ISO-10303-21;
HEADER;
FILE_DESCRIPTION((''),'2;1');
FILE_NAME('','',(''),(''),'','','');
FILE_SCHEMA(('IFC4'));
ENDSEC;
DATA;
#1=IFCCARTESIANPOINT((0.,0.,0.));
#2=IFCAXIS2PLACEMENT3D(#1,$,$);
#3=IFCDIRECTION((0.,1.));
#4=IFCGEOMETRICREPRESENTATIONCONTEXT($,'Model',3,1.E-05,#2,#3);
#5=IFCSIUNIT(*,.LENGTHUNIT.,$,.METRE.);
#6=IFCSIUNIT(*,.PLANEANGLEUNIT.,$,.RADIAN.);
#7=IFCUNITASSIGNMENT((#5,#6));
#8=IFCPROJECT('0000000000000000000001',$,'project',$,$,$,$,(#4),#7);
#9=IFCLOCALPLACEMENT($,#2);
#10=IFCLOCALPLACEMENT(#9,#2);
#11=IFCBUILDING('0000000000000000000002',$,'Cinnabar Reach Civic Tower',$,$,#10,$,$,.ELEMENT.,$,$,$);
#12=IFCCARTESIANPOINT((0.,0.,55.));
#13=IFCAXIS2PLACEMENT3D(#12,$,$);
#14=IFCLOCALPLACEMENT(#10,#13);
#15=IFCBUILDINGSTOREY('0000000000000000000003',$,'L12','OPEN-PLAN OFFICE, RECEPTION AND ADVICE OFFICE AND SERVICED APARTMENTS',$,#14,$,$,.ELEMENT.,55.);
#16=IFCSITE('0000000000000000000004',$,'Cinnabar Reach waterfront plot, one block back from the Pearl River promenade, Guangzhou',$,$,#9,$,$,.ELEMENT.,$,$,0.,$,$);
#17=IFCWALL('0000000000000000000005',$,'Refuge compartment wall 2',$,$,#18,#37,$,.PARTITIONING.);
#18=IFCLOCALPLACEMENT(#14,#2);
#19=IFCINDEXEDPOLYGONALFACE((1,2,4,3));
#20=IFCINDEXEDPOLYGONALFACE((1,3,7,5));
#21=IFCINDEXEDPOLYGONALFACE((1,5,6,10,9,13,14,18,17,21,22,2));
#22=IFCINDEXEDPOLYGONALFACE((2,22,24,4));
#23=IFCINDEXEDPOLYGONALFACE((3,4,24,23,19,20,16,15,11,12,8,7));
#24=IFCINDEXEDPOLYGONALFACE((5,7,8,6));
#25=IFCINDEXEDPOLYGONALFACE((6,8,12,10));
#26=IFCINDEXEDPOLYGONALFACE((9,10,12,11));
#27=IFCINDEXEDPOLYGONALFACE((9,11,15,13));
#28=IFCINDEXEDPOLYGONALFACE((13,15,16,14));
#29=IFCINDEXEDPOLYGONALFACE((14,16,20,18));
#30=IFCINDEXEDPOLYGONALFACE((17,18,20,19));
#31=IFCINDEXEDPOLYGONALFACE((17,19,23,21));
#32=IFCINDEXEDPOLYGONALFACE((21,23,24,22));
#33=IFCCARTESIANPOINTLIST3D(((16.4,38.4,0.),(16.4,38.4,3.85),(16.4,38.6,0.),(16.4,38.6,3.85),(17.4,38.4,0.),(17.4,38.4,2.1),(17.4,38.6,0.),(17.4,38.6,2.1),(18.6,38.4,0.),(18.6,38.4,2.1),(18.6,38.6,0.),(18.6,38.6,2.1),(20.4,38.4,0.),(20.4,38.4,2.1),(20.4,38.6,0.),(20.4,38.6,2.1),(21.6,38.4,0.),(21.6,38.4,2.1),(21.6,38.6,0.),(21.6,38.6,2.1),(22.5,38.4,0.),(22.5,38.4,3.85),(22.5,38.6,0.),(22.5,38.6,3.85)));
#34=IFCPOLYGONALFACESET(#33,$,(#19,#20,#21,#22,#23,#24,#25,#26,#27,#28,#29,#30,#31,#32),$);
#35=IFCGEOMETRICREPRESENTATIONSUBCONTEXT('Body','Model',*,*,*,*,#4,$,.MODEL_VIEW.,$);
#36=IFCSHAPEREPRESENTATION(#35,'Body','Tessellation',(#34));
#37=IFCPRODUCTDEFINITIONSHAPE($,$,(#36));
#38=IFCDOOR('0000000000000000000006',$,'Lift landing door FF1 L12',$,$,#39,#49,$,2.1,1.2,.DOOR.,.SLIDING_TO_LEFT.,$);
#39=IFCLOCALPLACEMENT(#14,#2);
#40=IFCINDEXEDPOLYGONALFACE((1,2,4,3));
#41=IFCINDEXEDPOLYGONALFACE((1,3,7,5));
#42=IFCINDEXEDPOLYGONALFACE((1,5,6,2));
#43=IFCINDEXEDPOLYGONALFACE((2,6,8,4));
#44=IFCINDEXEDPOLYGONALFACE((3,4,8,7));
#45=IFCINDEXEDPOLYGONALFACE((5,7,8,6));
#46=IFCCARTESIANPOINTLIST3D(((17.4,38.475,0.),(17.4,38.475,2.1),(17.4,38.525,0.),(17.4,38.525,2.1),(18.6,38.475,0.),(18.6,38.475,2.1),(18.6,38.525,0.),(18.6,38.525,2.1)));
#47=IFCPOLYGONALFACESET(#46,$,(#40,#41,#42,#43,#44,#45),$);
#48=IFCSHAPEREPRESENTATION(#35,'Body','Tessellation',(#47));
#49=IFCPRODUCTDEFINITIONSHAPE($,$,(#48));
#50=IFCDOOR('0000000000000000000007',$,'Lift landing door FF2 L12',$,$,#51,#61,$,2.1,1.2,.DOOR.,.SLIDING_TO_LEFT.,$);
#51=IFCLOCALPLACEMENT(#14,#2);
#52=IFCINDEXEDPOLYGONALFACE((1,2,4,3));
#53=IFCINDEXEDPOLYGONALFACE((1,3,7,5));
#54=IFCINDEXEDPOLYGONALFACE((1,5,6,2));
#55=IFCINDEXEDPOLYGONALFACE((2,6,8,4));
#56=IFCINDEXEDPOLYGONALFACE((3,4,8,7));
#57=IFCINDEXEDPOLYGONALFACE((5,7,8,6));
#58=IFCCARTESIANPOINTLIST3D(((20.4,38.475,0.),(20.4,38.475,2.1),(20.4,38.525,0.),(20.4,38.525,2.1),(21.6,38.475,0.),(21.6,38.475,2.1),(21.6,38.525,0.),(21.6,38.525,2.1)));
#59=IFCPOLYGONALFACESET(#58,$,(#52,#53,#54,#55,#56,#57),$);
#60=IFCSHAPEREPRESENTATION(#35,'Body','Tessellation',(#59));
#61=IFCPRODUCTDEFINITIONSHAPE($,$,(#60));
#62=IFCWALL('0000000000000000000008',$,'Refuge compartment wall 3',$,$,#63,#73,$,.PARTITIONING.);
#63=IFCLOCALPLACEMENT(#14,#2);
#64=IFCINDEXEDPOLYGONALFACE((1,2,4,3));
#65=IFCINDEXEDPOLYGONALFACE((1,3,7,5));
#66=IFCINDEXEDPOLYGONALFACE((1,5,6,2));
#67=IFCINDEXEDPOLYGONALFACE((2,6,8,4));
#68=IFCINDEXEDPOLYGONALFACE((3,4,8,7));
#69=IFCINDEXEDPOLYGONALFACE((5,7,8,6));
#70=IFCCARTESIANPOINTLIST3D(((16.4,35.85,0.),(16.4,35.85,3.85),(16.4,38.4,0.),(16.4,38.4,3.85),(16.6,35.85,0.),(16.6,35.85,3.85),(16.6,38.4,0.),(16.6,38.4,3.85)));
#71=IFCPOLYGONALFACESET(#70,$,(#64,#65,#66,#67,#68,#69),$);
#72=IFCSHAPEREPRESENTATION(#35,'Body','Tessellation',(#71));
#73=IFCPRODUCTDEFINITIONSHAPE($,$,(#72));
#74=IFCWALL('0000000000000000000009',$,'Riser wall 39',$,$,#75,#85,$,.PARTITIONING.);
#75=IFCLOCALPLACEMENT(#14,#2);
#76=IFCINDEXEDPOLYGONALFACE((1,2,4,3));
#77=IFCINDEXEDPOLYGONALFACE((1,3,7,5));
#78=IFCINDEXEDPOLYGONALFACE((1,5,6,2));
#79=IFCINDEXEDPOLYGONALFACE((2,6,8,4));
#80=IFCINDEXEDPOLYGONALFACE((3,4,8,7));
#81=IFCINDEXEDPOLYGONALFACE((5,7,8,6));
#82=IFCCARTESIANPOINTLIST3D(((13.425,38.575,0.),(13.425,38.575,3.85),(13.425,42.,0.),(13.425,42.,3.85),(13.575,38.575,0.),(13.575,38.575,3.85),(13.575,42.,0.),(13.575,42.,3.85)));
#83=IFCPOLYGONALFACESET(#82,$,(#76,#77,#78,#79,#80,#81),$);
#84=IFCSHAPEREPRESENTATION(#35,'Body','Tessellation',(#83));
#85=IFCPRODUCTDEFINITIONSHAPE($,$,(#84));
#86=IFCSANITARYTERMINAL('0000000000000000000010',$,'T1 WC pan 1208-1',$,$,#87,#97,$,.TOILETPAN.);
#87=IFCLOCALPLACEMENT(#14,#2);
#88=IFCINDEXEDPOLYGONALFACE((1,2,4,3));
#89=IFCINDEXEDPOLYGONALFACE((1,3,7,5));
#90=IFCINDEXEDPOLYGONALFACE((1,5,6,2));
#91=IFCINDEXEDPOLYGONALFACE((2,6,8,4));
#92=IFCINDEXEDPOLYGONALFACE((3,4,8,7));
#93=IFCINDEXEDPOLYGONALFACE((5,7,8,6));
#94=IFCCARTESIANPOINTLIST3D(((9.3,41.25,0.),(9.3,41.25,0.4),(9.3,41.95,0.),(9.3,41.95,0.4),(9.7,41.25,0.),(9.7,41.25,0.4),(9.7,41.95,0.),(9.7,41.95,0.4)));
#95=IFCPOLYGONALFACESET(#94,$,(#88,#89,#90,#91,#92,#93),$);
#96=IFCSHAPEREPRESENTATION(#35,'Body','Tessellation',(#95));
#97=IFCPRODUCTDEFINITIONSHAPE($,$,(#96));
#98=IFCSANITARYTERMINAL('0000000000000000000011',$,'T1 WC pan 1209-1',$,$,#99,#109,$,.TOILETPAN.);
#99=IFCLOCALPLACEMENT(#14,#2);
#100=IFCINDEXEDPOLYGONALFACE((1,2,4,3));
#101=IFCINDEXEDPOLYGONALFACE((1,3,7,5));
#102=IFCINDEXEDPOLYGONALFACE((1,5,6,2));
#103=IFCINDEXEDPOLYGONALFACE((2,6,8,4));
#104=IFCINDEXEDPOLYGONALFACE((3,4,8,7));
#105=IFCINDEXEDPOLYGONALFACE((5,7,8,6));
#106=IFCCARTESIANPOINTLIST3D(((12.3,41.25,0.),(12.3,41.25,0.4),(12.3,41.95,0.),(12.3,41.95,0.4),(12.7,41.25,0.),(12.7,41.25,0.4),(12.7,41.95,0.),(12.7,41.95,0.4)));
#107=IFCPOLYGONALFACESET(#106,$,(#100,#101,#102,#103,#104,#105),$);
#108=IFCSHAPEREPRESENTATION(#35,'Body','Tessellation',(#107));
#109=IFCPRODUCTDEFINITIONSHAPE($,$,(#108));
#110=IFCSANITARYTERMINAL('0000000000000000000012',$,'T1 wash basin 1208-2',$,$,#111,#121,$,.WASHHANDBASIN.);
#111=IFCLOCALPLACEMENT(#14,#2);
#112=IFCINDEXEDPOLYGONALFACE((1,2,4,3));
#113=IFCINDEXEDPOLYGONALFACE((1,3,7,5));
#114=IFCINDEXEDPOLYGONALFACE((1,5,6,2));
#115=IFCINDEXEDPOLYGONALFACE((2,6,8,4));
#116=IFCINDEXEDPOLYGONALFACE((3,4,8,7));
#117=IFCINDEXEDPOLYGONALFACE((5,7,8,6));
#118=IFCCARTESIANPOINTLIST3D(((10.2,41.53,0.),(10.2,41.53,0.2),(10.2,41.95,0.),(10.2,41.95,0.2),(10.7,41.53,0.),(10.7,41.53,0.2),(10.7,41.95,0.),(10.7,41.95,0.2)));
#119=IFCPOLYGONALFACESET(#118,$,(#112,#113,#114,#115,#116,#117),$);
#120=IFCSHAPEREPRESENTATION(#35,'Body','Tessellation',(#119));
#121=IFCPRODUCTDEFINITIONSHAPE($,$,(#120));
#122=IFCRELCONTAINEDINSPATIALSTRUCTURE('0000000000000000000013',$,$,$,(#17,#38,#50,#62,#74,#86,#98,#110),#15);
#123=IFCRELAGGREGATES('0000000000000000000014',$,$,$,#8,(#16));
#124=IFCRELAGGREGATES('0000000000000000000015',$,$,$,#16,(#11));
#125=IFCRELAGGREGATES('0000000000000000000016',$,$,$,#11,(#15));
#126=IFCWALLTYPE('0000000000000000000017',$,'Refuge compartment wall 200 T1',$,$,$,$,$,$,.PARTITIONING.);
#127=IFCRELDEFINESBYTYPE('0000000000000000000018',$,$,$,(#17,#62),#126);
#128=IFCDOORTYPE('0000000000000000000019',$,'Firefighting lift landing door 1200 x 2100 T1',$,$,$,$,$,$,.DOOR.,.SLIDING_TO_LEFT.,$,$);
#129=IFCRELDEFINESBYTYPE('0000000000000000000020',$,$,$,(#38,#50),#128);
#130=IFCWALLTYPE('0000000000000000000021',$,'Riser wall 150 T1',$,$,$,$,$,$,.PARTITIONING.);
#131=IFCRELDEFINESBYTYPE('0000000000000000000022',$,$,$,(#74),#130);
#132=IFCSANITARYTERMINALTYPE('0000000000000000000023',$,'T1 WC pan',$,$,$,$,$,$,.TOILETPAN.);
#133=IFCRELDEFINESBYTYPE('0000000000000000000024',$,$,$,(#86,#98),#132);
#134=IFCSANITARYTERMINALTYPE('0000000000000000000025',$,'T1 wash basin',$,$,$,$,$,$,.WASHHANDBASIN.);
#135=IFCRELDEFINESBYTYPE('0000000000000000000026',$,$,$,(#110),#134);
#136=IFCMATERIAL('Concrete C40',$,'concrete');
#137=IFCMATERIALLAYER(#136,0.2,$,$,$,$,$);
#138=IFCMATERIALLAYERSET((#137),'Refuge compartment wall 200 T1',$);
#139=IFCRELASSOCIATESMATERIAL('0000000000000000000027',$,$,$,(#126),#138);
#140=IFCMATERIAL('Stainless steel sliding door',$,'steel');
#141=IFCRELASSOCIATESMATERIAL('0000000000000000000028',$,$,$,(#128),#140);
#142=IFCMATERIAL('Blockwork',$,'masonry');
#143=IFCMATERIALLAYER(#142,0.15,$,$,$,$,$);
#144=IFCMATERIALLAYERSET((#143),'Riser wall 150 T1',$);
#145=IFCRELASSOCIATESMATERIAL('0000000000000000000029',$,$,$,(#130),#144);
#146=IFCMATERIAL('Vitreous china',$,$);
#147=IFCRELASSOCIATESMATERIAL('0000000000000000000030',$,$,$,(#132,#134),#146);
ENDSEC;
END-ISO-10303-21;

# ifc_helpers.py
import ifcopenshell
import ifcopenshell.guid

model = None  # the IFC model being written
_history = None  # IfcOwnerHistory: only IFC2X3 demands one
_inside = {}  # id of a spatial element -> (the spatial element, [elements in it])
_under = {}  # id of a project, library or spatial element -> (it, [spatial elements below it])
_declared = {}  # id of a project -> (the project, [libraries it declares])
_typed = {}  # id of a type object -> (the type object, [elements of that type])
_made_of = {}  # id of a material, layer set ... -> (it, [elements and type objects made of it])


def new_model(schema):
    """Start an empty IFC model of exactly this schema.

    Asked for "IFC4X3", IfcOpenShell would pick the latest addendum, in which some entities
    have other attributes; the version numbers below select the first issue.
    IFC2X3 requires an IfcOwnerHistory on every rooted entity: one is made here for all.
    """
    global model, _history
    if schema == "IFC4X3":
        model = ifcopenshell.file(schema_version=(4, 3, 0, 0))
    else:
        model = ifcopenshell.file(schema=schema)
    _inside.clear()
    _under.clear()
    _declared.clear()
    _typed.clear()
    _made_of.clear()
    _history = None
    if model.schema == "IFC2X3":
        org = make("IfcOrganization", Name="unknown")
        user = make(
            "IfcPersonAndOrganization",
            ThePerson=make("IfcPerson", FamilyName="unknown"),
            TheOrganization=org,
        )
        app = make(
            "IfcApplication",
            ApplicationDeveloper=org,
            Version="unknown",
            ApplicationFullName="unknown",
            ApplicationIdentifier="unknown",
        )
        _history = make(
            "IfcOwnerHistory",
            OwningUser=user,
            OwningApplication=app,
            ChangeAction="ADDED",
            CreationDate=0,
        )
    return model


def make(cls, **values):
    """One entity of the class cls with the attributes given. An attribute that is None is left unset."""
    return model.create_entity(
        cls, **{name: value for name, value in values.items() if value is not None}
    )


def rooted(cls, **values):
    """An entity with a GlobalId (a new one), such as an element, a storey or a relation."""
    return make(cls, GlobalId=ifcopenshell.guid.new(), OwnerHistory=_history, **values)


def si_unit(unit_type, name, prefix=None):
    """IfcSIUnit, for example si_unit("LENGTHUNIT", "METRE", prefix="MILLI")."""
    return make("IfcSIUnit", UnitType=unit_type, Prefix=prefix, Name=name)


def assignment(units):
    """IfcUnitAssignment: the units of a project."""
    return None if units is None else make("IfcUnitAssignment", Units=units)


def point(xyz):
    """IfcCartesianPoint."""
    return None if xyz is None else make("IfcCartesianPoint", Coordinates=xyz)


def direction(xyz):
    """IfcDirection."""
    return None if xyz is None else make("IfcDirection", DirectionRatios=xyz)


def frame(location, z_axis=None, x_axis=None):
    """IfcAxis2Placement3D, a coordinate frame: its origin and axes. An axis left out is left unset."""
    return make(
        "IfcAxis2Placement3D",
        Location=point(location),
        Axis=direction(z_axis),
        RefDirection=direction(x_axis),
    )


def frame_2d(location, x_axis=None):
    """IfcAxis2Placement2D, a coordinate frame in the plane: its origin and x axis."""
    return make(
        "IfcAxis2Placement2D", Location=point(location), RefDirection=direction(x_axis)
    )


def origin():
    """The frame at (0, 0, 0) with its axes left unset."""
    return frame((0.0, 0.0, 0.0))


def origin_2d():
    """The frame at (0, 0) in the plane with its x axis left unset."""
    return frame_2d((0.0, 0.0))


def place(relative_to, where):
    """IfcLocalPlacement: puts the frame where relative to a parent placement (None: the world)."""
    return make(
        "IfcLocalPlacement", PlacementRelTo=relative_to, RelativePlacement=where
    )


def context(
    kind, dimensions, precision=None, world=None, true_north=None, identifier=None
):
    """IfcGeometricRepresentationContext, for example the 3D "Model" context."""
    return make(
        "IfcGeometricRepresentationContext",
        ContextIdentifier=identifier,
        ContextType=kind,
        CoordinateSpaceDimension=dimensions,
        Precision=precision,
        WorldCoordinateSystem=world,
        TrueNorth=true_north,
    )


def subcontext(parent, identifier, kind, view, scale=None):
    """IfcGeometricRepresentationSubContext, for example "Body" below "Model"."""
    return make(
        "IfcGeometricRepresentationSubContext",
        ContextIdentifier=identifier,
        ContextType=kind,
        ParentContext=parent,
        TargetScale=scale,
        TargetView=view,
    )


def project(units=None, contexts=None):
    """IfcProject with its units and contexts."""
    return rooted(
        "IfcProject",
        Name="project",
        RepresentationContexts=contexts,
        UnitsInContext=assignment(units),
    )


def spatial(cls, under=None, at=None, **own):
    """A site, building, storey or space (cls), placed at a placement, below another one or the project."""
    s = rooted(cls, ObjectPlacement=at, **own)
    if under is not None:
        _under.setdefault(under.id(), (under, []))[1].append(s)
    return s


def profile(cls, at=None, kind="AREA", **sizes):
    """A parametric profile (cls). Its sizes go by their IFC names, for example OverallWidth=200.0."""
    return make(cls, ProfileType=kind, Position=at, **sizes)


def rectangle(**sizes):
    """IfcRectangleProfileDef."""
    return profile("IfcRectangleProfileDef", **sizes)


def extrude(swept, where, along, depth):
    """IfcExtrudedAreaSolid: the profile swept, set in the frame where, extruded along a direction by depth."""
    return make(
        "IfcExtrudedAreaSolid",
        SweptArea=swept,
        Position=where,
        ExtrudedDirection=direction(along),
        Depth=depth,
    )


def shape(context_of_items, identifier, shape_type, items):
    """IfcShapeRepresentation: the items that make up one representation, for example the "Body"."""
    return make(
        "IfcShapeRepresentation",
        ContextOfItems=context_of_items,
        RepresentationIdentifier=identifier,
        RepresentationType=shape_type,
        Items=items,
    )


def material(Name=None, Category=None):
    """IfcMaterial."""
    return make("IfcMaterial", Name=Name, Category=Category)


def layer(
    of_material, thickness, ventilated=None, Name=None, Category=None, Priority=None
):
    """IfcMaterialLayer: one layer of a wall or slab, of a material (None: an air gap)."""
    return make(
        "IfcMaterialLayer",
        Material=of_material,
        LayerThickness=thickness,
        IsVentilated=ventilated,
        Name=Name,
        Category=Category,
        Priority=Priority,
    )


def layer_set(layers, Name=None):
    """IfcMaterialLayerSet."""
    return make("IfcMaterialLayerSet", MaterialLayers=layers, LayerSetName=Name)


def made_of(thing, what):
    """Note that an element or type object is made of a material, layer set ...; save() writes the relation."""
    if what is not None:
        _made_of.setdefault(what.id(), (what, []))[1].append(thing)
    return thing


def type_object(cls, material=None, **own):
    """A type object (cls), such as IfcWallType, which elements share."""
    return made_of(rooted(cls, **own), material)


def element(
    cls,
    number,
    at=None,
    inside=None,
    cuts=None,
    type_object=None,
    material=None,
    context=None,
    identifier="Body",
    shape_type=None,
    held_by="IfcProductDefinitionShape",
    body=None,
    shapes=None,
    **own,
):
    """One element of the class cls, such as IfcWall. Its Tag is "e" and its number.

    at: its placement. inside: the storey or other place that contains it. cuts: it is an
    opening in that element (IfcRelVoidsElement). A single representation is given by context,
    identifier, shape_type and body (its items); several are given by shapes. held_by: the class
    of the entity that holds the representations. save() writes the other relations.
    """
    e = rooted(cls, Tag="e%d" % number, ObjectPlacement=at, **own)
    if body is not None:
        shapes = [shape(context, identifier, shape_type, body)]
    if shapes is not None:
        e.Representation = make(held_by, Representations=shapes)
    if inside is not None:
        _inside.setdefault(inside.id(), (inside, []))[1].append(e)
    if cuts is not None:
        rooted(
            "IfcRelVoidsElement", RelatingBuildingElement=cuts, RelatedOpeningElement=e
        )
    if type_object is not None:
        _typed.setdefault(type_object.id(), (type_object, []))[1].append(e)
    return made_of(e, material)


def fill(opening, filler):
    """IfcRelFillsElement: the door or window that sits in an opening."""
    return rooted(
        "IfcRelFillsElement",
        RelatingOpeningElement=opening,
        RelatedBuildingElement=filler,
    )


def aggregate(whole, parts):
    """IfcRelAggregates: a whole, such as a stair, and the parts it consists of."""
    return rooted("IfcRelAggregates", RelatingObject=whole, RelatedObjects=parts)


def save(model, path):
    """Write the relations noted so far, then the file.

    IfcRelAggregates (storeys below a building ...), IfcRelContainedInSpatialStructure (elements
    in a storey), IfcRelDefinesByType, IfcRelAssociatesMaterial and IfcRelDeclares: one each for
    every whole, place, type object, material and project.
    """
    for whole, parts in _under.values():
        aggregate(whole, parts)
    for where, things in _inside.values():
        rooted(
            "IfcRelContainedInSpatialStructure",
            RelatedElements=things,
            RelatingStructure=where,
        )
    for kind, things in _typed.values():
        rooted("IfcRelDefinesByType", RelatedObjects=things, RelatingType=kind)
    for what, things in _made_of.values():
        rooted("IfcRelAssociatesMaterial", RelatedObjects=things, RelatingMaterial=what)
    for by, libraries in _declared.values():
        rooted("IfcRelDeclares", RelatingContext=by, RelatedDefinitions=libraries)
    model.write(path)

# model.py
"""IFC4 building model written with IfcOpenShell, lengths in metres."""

from ifc_helpers import new_model, si_unit, direction, frame, frame_2d, origin, origin_2d, place, context, subcontext, project, spatial, rectangle, extrude, material, layer, layer_set, type_object, element, fill, save


model = new_model("IFC4")

# Units and contexts
model_context = context("Model", 3, precision=1e-05, world=origin(), true_north=direction((0.0, 1.0)))
body_context = subcontext(model_context, "Body", "Model", "MODEL_VIEW")
ifc_project = project(units=[si_unit("LENGTHUNIT", "METRE"), si_unit("PLANEANGLEUNIT", "RADIAN")], contexts=[model_context])

# Site, building, storey
site_placement = place(None, origin())
site = spatial("IfcSite", under=ifc_project, at=site_placement, Name="Cinnabar Reach waterfront plot, one block back from the Pearl River promenade, Guangzhou", CompositionType="ELEMENT", RefElevation=0.0)
building_placement = place(site_placement, origin())
building = spatial("IfcBuilding", under=site, at=building_placement, Name="Cinnabar Reach Civic Tower", CompositionType="ELEMENT")
storey_placement = place(building_placement, frame((0.0, 0.0, 55.0)))
storey = spatial("IfcBuildingStorey", under=building, at=storey_placement, Name="L12", Description="OPEN-PLAN OFFICE, RECEPTION AND ADVICE OFFICE AND SERVICED APARTMENTS", CompositionType="ELEMENT", Elevation=55.0)

# Shared definitions
ifc_material_1 = material(Name="Blockwork", Category="masonry")
ifc_material_2 = material(Name="Concrete C40", Category="concrete")
ifc_layer_1 = layer(ifc_material_2, 0.2)
ifc_layer_set_1 = layer_set([ifc_layer_1], Name="Refuge compartment wall 200 T1")
wall_type_1 = type_object("IfcWallType", Name="Refuge compartment wall 200 T1", PredefinedType="PARTITIONING", material=ifc_layer_set_1)

# Wall, openings, doors
wall_1_placement = place(storey_placement, frame((16.4, 38.5, 0.0), z_axis=(0.0, 0.0, 1.0), x_axis=(1.0, 0.0, 0.0)))
wall_1 = element("IfcWall", 1, at=wall_1_placement, inside=storey, type_object=wall_type_1, Name="Refuge compartment wall 2", PredefinedType="PARTITIONING", context=body_context, shape_type="SweptSolid", body=[
    extrude(rectangle(XDim=6.1, YDim=0.2, at=frame_2d((3.05, 0.0))), origin(), (0.0, 0.0, 1.0), 3.85),
])
opening_1_placement = place(wall_1_placement, frame((1.0, 0.0, 0.0)))
opening_1 = element("IfcOpeningElement", 2, at=opening_1_placement, cuts=wall_1, PredefinedType="OPENING", context=body_context, shape_type="SweptSolid", body=[
    extrude(rectangle(XDim=1.2, YDim=2.1, at=frame_2d((0.6, 1.05))), frame((0.0, 0.11, 0.0), z_axis=(0.0, -1.0, 0.0), x_axis=(1.0, 0.0, 0.0)), (0.0, 0.0, 1.0), 0.22),
])
opening_2_placement = place(wall_1_placement, frame((4.0, 0.0, 0.0)))
opening_2 = element("IfcOpeningElement", 3, at=opening_2_placement, cuts=wall_1, PredefinedType="OPENING", context=body_context, shape_type="SweptSolid", body=[
    extrude(rectangle(XDim=1.2, YDim=2.1, at=frame_2d((0.6, 1.05))), frame((0.0, 0.11, 0.0), z_axis=(0.0, -1.0, 0.0), x_axis=(1.0, 0.0, 0.0)), (0.0, 0.0, 1.0), 0.22),
])
ifc_material_3 = material(Name="Stainless steel sliding door", Category="steel")
door_type = type_object("IfcDoorType", Name="Firefighting lift landing door 1200 x 2100 T1", OperationType="SLIDING_TO_LEFT", PredefinedType="DOOR", material=ifc_material_3)
door_1_placement = place(opening_1_placement, origin())
door_1 = element("IfcDoor", 4, at=door_1_placement, inside=storey, type_object=door_type, Name="Lift landing door FF1 L12", OperationType="SLIDING_TO_LEFT", OverallHeight=2.1, OverallWidth=1.2, PredefinedType="DOOR", context=body_context, shape_type="SweptSolid", body=[
    extrude(rectangle(XDim=1.2, YDim=2.1, at=frame_2d((0.6, 1.05))), frame((0.0, 0.025, 0.0), z_axis=(0.0, -1.0, 0.0), x_axis=(1.0, 0.0, 0.0)), (0.0, 0.0, 1.0), 0.05),
])
fill(opening_1, door_1)
door_2_placement = place(opening_2_placement, origin())
door_2 = element("IfcDoor", 5, at=door_2_placement, inside=storey, type_object=door_type, Name="Lift landing door FF2 L12", OperationType="SLIDING_TO_LEFT", OverallHeight=2.1, OverallWidth=1.2, PredefinedType="DOOR", context=body_context, shape_type="SweptSolid", body=[
    extrude(rectangle(XDim=1.2, YDim=2.1, at=frame_2d((0.6, 1.05))), frame((0.0, 0.025, 0.0), z_axis=(0.0, -1.0, 0.0), x_axis=(1.0, 0.0, 0.0)), (0.0, 0.0, 1.0), 0.05),
])
fill(opening_2, door_2)

# Walls
wall_2_placement = place(storey_placement, frame((16.5, 35.85, 0.0), z_axis=(0.0, 0.0, 1.0), x_axis=(0.0, 1.0, 0.0)))
element("IfcWall", 6, at=wall_2_placement, inside=storey, type_object=wall_type_1, Name="Refuge compartment wall 3", PredefinedType="PARTITIONING", context=body_context, shape_type="SweptSolid", body=[
    extrude(rectangle(XDim=2.55, YDim=0.2, at=frame_2d((1.275, 0.0))), origin(), (0.0, 0.0, 1.0), 3.85),
])
ifc_layer_2 = layer(ifc_material_1, 0.15)
ifc_layer_set_2 = layer_set([ifc_layer_2], Name="Riser wall 150 T1")
wall_type_2 = type_object("IfcWallType", Name="Riser wall 150 T1", PredefinedType="PARTITIONING", material=ifc_layer_set_2)
wall_3_placement = place(storey_placement, frame((13.5, 38.575, 0.0), z_axis=(0.0, 0.0, 1.0), x_axis=(0.0, 1.0, 0.0)))
element("IfcWall", 7, at=wall_3_placement, inside=storey, type_object=wall_type_2, Name="Riser wall 39", PredefinedType="PARTITIONING", context=body_context, shape_type="SweptSolid", body=[
    extrude(rectangle(XDim=3.425, YDim=0.15, at=frame_2d((1.7125, 0.0))), origin(), (0.0, 0.0, 1.0), 3.85),
])

# Sanitary terminals
ifc_material_4 = material(Name="Vitreous china")
sanitary_terminal_type_1 = type_object("IfcSanitaryTerminalType", Name="T1 WC pan", PredefinedType="TOILETPAN", material=ifc_material_4)
for number, where, z_axis, x_axis, name in (
    (8, (9.5, 41.6, 0.0), (0.0, 0.0, 1.0), (1.0, 0.0, 0.0), "T1 WC pan 1208-1"),
    (9, (12.5, 41.6, 0.0), (0.0, 0.0, 1.0), (1.0, 0.0, 0.0), "T1 WC pan 1209-1"),
):
    element("IfcSanitaryTerminal", number, at=place(storey_placement, frame(where, z_axis=z_axis, x_axis=x_axis)), inside=storey, type_object=sanitary_terminal_type_1, Name=name, PredefinedType="TOILETPAN", context=body_context, shape_type="SweptSolid", body=[
        extrude(rectangle(XDim=0.4, YDim=0.7, at=origin_2d()), origin(), (0.0, 0.0, 1.0), 0.4),
    ])
sanitary_terminal_type_2 = type_object("IfcSanitaryTerminalType", Name="T1 wash basin", PredefinedType="WASHHANDBASIN", material=ifc_material_4)
sanitary_terminal_placement = place(storey_placement, frame((10.45, 41.74, 0.0), z_axis=(0.0, 0.0, 1.0), x_axis=(1.0, 0.0, 0.0)))
element("IfcSanitaryTerminal", 10, at=sanitary_terminal_placement, inside=storey, type_object=sanitary_terminal_type_2, Name="T1 wash basin 1208-2", PredefinedType="WASHHANDBASIN", context=body_context, shape_type="SweptSolid", body=[
    extrude(rectangle(XDim=0.5, YDim=0.42, at=origin_2d()), origin(), (0.0, 0.0, 1.0), 0.2),
])

save(model, "model.ifc")
